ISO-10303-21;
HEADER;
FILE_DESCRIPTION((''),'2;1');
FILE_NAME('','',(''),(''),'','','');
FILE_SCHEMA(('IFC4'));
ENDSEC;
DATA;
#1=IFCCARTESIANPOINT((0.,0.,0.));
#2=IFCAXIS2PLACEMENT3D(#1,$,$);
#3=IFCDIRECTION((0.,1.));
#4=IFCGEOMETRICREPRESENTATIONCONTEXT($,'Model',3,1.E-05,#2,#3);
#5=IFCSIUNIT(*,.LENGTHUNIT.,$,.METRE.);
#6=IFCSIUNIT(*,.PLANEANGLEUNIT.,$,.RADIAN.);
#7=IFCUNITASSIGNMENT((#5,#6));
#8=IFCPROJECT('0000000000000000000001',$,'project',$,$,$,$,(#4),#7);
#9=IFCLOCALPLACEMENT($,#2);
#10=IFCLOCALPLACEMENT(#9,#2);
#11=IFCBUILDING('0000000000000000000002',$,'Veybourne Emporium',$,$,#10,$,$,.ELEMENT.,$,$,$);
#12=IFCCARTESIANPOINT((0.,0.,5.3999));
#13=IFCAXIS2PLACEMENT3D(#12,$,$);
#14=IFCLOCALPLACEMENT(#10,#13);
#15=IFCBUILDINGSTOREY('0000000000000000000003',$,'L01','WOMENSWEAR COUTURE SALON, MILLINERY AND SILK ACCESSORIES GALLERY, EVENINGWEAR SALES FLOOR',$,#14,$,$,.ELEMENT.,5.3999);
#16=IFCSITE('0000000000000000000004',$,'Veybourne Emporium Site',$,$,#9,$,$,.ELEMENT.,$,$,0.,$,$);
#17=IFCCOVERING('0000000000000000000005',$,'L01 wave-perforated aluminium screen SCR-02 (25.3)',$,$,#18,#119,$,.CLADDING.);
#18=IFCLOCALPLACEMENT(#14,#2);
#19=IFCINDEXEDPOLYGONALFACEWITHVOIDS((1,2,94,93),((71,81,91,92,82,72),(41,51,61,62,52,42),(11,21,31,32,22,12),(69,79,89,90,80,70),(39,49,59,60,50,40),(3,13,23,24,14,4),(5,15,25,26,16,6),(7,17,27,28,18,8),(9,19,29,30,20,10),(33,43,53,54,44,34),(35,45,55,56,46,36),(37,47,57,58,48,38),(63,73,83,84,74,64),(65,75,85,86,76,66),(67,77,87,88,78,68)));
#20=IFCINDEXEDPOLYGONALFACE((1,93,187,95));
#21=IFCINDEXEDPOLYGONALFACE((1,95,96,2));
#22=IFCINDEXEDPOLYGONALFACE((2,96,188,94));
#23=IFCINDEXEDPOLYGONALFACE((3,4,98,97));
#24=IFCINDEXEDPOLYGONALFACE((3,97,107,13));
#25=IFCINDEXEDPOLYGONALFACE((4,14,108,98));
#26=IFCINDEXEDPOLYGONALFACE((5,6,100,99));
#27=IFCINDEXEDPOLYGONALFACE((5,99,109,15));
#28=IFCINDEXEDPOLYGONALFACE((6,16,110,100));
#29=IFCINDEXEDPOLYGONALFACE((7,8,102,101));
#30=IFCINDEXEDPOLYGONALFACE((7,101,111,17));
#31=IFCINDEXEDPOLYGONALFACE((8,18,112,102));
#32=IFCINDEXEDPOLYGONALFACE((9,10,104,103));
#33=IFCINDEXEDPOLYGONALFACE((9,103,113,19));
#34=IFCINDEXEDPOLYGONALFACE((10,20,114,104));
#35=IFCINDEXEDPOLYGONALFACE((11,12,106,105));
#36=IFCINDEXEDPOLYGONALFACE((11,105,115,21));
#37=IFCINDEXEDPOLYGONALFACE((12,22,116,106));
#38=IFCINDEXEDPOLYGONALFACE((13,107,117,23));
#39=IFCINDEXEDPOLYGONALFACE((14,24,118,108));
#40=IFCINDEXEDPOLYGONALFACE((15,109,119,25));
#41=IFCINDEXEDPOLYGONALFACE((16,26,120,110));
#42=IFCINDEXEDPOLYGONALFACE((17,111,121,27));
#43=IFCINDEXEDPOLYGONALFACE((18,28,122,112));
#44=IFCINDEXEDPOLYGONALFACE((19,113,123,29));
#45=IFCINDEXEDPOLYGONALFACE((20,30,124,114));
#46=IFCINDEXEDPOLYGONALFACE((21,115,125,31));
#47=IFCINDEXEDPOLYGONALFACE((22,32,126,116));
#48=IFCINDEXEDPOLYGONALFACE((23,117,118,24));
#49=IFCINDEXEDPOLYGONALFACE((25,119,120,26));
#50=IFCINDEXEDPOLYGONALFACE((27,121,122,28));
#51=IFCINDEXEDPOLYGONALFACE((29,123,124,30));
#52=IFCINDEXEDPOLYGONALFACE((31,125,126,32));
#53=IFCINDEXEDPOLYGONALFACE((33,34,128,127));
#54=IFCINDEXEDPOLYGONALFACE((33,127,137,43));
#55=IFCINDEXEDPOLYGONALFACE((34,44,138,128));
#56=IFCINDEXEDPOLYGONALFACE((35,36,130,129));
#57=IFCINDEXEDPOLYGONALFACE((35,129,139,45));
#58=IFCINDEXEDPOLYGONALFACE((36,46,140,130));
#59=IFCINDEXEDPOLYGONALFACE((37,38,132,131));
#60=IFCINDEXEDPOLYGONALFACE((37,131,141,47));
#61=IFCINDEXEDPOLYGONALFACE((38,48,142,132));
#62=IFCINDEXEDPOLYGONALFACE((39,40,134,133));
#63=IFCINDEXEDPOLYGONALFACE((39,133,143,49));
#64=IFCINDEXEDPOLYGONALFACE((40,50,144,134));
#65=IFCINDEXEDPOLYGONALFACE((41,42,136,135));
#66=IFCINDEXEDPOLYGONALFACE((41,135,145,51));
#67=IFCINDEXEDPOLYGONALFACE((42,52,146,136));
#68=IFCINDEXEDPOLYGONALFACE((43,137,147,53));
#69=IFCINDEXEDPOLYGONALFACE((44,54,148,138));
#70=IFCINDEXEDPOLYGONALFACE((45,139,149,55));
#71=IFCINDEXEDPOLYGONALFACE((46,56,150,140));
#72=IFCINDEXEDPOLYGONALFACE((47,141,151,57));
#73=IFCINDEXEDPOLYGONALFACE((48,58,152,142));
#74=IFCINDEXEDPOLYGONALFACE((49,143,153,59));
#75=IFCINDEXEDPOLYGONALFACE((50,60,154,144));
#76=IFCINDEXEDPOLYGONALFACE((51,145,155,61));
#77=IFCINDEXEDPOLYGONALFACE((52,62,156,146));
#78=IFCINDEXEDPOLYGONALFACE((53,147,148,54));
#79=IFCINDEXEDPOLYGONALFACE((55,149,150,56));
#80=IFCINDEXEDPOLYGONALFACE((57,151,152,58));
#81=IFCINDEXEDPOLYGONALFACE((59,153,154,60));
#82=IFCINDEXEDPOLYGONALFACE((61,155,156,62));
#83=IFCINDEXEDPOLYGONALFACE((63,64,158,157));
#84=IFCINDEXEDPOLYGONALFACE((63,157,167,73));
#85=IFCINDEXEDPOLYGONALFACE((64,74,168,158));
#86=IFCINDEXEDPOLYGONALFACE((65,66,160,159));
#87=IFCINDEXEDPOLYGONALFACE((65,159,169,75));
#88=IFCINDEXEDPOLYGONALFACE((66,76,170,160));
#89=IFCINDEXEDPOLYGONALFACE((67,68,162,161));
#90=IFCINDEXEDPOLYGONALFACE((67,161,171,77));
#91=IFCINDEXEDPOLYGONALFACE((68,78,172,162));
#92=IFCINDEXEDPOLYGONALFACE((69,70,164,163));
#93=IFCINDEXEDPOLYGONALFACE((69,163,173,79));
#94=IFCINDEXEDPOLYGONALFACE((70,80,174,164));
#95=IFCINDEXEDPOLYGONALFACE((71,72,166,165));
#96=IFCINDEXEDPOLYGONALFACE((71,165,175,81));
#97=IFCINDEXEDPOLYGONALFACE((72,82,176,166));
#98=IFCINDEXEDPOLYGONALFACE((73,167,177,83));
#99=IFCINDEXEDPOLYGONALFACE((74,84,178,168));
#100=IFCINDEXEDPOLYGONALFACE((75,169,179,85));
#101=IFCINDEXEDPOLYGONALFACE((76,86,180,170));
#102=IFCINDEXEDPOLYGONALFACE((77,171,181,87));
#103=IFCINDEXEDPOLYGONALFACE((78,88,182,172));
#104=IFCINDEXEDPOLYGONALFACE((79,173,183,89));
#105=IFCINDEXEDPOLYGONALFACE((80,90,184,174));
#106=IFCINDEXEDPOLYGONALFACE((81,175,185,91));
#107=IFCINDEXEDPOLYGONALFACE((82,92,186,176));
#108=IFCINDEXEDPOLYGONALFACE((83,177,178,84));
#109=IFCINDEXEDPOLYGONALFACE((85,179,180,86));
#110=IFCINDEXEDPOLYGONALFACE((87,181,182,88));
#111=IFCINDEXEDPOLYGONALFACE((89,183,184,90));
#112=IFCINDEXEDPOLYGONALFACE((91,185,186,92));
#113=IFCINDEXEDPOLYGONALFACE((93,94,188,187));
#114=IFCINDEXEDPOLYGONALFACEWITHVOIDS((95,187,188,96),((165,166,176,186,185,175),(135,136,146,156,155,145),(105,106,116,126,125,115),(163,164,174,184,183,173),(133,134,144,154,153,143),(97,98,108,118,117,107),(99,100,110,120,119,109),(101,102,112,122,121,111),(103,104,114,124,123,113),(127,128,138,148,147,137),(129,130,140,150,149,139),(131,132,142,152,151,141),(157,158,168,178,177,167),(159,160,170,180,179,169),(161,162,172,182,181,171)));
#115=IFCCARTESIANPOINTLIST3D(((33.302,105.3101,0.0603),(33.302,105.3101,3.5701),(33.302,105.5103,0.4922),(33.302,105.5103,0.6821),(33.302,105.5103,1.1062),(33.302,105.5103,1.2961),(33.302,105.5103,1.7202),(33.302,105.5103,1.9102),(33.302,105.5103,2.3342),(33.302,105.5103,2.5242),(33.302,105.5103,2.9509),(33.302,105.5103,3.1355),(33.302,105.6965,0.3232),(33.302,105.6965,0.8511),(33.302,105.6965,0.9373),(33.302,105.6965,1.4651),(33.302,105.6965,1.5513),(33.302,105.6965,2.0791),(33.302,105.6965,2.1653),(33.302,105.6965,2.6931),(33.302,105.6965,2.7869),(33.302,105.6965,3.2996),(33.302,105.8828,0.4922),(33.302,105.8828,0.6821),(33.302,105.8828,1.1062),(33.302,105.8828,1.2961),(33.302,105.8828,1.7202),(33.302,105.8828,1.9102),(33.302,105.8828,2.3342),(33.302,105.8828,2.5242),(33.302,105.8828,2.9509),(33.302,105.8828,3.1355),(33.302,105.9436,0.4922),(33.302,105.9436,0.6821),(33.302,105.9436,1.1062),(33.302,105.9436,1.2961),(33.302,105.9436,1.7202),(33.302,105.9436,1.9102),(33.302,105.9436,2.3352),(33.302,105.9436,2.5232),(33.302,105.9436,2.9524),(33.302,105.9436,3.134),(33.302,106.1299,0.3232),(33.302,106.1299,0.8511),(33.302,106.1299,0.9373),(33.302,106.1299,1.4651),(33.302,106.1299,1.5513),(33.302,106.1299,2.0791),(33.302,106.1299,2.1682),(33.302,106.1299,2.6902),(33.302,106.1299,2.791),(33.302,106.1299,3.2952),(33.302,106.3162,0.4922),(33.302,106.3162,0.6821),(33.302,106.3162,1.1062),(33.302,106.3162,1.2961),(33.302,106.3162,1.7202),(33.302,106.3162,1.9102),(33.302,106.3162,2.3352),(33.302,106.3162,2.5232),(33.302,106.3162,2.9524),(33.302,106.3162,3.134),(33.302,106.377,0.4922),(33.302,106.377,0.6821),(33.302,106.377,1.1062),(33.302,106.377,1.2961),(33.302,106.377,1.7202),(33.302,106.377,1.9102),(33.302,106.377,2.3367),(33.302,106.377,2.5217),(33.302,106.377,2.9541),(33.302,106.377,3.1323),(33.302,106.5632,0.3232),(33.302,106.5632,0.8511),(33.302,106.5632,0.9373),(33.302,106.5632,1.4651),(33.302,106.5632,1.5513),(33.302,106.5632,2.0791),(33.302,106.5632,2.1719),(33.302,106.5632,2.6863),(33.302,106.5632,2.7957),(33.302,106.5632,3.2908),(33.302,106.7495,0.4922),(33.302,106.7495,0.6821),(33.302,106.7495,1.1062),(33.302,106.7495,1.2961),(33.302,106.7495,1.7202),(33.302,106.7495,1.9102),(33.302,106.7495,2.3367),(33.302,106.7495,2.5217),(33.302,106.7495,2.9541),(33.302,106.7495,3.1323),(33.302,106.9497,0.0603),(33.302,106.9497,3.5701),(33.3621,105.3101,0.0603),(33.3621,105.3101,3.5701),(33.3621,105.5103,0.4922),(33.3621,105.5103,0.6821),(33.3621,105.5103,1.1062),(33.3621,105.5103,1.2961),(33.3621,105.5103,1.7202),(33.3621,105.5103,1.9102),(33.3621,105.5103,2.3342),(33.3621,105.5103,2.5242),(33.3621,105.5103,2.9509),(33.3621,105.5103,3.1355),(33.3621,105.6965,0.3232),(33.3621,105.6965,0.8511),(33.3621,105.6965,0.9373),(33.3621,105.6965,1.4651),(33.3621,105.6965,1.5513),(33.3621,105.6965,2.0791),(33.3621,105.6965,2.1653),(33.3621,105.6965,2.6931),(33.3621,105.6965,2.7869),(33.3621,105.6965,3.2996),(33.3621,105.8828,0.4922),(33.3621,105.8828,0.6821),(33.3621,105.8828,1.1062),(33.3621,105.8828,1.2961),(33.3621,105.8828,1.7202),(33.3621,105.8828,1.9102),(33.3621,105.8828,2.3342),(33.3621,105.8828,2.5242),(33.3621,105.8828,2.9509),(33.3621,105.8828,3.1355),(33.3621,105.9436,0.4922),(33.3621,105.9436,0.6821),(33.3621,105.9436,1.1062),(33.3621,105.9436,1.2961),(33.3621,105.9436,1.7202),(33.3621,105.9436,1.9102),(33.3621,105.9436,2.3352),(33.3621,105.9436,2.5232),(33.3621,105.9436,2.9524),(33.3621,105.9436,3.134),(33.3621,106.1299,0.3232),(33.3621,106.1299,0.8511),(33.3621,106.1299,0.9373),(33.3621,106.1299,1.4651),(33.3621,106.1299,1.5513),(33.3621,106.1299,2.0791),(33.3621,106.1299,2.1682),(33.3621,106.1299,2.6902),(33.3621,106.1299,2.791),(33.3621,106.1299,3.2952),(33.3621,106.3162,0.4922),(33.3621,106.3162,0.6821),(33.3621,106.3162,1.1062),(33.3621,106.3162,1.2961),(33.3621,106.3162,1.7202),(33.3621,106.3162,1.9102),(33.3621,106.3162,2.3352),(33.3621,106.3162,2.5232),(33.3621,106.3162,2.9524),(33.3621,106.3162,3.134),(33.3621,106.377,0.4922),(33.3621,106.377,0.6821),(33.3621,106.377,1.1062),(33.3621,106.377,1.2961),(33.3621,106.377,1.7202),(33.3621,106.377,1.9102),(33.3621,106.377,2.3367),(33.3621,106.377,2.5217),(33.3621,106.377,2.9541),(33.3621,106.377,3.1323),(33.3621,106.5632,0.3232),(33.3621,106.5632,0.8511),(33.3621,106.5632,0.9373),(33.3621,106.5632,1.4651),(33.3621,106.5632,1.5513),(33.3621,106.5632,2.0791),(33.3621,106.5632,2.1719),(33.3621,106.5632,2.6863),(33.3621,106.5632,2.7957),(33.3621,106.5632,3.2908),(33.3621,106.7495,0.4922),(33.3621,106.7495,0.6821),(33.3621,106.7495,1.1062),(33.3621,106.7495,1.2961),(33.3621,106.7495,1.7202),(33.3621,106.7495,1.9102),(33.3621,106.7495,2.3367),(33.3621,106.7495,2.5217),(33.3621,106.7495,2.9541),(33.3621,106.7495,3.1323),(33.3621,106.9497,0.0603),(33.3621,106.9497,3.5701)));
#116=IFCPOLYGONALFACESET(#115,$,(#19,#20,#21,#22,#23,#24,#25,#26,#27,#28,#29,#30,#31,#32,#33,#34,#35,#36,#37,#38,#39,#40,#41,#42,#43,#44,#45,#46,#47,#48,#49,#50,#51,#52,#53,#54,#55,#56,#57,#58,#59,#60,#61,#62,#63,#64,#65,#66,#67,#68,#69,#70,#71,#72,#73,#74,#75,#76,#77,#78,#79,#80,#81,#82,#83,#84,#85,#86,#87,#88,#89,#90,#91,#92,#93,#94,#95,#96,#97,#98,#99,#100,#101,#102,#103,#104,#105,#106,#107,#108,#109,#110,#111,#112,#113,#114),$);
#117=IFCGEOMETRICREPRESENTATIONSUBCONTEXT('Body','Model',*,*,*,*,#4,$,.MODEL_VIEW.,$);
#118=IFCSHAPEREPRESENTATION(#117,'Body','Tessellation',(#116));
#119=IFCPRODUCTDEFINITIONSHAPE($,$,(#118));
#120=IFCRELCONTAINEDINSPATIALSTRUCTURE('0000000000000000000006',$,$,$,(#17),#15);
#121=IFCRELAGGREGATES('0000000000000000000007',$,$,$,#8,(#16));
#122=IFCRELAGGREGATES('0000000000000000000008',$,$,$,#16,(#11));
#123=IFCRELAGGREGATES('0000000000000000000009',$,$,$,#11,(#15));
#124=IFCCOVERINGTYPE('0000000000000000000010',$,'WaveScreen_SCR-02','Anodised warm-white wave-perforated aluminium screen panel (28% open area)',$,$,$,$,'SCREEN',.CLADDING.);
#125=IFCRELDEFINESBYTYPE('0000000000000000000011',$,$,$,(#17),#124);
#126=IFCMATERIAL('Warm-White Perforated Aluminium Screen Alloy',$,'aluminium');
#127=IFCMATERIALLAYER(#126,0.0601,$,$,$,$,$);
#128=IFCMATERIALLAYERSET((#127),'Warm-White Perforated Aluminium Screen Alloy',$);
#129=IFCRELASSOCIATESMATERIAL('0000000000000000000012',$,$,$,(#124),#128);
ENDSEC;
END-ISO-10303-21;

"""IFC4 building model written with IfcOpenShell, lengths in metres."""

from ifc_helpers import new_model, si_unit, direction, frame, origin, place, context, subcontext, project, spatial, polyline, outline, extrude, material, layer, layer_set, type_object, element, save


model = new_model("IFC4")

# Units and contexts
model_context = context("Model", 3, precision=1e-05, world=origin(), true_north=direction((0.0, 1.0)))
body_context = subcontext(model_context, "Body", "Model", "MODEL_VIEW")
ifc_project = project(units=[si_unit("LENGTHUNIT", "METRE"), si_unit("PLANEANGLEUNIT", "RADIAN")], contexts=[model_context])

# Site, building, storey
site_placement = place(None, origin())
site = spatial("IfcSite", under=ifc_project, at=site_placement, Name="Veybourne Emporium Site", CompositionType="ELEMENT", RefElevation=0.0)
building_placement = place(site_placement, origin())
building = spatial("IfcBuilding", under=site, at=building_placement, Name="Veybourne Emporium", CompositionType="ELEMENT")
storey_placement = place(building_placement, frame((0.0, 0.0, 5.3999)))
storey = spatial("IfcBuildingStorey", under=building, at=storey_placement, Name="L01", Description="WOMENSWEAR COUTURE SALON, MILLINERY AND SILK ACCESSORIES GALLERY, EVENINGWEAR SALES FLOOR", CompositionType="ELEMENT", Elevation=5.3999)

# Covering
ifc_material_1 = material(Name="Warm-White Perforated Aluminium Screen Alloy", Category="aluminium")
ifc_layer_1 = layer(ifc_material_1, 0.0601)
ifc_layer_set_1 = layer_set([ifc_layer_1], Name="Warm-White Perforated Aluminium Screen Alloy")
covering_type_1 = type_object("IfcCoveringType", Name="WaveScreen_SCR-02", Description="Anodised warm-white wave-perforated aluminium screen panel (28% open area)", ElementType="SCREEN", PredefinedType="CLADDING", material=ifc_layer_set_1)
covering_1_placement = place(storey_placement, frame((33.302, 106.1299, 1.8152), z_axis=(1.0, 0.0, 0.0), x_axis=(0.0, 1.0, 0.0)))
element("IfcCovering", 1, at=covering_1_placement, inside=storey, type_object=covering_type_1, Name="L01 wave-perforated aluminium screen SCR-02 (25.3)", PredefinedType="CLADDING", context=body_context, shape_type="SweptSolid", body=[
    extrude(outline(polyline([(-0.8198, -1.7549), (0.8198, -1.7549), (0.8198, 1.7549), (-0.8198, 1.7549), (-0.8198, -1.7549)]), holes=[polyline([(-0.4333, -0.9641), (-0.2471, -1.1331), (-0.2471, -1.323), (-0.4333, -1.4919), (-0.6196, -1.323), (-0.6196, -1.1331), (-0.4333, -0.9641)]), polyline([(-0.4333, -0.3501), (-0.2471, -0.519), (-0.2471, -0.709), (-0.4333, -0.8779), (-0.6196, -0.709), (-0.6196, -0.519), (-0.4333, -0.3501)]), polyline([(-0.4333, 0.2639), (-0.2471, 0.095), (-0.2471, -0.095), (-0.4333, -0.2639), (-0.6196, -0.095), (-0.6196, 0.095), (-0.4333, 0.2639)]), polyline([(-0.4333, 0.8779), (-0.2471, 0.709), (-0.2471, 0.519), (-0.4333, 0.3501), (-0.6196, 0.519), (-0.6196, 0.709), (-0.4333, 0.8779)]), polyline([(-0.4333, 1.4844), (-0.2471, 1.3203), (-0.2471, 1.1357), (-0.4333, 0.9717), (-0.6196, 1.1357), (-0.6196, 1.3203), (-0.4333, 1.4844)]), polyline([(0.0, -0.9641), (0.1863, -1.1331), (0.1863, -1.323), (0.0, -1.4919), (-0.1863, -1.323), (-0.1863, -1.1331), (0.0, -0.9641)]), polyline([(0.0, -0.3501), (0.1863, -0.519), (0.1863, -0.709), (0.0, -0.8779), (-0.1863, -0.709), (-0.1863, -0.519), (0.0, -0.3501)]), polyline([(0.0, 0.2639), (0.1863, 0.095), (0.1863, -0.095), (0.0, -0.2639), (-0.1863, -0.095), (-0.1863, 0.095), (0.0, 0.2639)]), polyline([(0.0, 0.875), (0.1863, 0.708), (0.1863, 0.52), (0.0, 0.353), (-0.1863, 0.52), (-0.1863, 0.708), (0.0, 0.875)]), polyline([(0.0, 1.48), (0.1863, 1.3188), (0.1863, 1.1372), (0.0, 0.9758), (-0.1863, 1.1372), (-0.1863, 1.3188), (0.0, 1.48)]), polyline([(0.4333, -0.9641), (0.6196, -1.1331), (0.6196, -1.323), (0.4333, -1.4919), (0.2471, -1.323), (0.2471, -1.1331), (0.4333, -0.9641)]), polyline([(0.4333, -0.3501), (0.6196, -0.519), (0.6196, -0.709), (0.4333, -0.8779), (0.2471, -0.709), (0.2471, -0.519), (0.4333, -0.3501)]), polyline([(0.4333, 0.2639), (0.6196, 0.095), (0.6196, -0.095), (0.4333, -0.2639), (0.2471, -0.095), (0.2471, 0.095), (0.4333, 0.2639)]), polyline([(0.4333, 0.8711), (0.6196, 0.7065), (0.6196, 0.5215), (0.4333, 0.3567), (0.2471, 0.5215), (0.2471, 0.7065), (0.4333, 0.8711)]), polyline([(0.4333, 1.4756), (0.6196, 1.3171), (0.6196, 1.1389), (0.4333, 0.9805), (0.2471, 1.1389), (0.2471, 1.3171), (0.4333, 1.4756)])]), origin(), (0.0, 0.0, 1.0), 0.0601),
])

save(model, "model.ifc")
